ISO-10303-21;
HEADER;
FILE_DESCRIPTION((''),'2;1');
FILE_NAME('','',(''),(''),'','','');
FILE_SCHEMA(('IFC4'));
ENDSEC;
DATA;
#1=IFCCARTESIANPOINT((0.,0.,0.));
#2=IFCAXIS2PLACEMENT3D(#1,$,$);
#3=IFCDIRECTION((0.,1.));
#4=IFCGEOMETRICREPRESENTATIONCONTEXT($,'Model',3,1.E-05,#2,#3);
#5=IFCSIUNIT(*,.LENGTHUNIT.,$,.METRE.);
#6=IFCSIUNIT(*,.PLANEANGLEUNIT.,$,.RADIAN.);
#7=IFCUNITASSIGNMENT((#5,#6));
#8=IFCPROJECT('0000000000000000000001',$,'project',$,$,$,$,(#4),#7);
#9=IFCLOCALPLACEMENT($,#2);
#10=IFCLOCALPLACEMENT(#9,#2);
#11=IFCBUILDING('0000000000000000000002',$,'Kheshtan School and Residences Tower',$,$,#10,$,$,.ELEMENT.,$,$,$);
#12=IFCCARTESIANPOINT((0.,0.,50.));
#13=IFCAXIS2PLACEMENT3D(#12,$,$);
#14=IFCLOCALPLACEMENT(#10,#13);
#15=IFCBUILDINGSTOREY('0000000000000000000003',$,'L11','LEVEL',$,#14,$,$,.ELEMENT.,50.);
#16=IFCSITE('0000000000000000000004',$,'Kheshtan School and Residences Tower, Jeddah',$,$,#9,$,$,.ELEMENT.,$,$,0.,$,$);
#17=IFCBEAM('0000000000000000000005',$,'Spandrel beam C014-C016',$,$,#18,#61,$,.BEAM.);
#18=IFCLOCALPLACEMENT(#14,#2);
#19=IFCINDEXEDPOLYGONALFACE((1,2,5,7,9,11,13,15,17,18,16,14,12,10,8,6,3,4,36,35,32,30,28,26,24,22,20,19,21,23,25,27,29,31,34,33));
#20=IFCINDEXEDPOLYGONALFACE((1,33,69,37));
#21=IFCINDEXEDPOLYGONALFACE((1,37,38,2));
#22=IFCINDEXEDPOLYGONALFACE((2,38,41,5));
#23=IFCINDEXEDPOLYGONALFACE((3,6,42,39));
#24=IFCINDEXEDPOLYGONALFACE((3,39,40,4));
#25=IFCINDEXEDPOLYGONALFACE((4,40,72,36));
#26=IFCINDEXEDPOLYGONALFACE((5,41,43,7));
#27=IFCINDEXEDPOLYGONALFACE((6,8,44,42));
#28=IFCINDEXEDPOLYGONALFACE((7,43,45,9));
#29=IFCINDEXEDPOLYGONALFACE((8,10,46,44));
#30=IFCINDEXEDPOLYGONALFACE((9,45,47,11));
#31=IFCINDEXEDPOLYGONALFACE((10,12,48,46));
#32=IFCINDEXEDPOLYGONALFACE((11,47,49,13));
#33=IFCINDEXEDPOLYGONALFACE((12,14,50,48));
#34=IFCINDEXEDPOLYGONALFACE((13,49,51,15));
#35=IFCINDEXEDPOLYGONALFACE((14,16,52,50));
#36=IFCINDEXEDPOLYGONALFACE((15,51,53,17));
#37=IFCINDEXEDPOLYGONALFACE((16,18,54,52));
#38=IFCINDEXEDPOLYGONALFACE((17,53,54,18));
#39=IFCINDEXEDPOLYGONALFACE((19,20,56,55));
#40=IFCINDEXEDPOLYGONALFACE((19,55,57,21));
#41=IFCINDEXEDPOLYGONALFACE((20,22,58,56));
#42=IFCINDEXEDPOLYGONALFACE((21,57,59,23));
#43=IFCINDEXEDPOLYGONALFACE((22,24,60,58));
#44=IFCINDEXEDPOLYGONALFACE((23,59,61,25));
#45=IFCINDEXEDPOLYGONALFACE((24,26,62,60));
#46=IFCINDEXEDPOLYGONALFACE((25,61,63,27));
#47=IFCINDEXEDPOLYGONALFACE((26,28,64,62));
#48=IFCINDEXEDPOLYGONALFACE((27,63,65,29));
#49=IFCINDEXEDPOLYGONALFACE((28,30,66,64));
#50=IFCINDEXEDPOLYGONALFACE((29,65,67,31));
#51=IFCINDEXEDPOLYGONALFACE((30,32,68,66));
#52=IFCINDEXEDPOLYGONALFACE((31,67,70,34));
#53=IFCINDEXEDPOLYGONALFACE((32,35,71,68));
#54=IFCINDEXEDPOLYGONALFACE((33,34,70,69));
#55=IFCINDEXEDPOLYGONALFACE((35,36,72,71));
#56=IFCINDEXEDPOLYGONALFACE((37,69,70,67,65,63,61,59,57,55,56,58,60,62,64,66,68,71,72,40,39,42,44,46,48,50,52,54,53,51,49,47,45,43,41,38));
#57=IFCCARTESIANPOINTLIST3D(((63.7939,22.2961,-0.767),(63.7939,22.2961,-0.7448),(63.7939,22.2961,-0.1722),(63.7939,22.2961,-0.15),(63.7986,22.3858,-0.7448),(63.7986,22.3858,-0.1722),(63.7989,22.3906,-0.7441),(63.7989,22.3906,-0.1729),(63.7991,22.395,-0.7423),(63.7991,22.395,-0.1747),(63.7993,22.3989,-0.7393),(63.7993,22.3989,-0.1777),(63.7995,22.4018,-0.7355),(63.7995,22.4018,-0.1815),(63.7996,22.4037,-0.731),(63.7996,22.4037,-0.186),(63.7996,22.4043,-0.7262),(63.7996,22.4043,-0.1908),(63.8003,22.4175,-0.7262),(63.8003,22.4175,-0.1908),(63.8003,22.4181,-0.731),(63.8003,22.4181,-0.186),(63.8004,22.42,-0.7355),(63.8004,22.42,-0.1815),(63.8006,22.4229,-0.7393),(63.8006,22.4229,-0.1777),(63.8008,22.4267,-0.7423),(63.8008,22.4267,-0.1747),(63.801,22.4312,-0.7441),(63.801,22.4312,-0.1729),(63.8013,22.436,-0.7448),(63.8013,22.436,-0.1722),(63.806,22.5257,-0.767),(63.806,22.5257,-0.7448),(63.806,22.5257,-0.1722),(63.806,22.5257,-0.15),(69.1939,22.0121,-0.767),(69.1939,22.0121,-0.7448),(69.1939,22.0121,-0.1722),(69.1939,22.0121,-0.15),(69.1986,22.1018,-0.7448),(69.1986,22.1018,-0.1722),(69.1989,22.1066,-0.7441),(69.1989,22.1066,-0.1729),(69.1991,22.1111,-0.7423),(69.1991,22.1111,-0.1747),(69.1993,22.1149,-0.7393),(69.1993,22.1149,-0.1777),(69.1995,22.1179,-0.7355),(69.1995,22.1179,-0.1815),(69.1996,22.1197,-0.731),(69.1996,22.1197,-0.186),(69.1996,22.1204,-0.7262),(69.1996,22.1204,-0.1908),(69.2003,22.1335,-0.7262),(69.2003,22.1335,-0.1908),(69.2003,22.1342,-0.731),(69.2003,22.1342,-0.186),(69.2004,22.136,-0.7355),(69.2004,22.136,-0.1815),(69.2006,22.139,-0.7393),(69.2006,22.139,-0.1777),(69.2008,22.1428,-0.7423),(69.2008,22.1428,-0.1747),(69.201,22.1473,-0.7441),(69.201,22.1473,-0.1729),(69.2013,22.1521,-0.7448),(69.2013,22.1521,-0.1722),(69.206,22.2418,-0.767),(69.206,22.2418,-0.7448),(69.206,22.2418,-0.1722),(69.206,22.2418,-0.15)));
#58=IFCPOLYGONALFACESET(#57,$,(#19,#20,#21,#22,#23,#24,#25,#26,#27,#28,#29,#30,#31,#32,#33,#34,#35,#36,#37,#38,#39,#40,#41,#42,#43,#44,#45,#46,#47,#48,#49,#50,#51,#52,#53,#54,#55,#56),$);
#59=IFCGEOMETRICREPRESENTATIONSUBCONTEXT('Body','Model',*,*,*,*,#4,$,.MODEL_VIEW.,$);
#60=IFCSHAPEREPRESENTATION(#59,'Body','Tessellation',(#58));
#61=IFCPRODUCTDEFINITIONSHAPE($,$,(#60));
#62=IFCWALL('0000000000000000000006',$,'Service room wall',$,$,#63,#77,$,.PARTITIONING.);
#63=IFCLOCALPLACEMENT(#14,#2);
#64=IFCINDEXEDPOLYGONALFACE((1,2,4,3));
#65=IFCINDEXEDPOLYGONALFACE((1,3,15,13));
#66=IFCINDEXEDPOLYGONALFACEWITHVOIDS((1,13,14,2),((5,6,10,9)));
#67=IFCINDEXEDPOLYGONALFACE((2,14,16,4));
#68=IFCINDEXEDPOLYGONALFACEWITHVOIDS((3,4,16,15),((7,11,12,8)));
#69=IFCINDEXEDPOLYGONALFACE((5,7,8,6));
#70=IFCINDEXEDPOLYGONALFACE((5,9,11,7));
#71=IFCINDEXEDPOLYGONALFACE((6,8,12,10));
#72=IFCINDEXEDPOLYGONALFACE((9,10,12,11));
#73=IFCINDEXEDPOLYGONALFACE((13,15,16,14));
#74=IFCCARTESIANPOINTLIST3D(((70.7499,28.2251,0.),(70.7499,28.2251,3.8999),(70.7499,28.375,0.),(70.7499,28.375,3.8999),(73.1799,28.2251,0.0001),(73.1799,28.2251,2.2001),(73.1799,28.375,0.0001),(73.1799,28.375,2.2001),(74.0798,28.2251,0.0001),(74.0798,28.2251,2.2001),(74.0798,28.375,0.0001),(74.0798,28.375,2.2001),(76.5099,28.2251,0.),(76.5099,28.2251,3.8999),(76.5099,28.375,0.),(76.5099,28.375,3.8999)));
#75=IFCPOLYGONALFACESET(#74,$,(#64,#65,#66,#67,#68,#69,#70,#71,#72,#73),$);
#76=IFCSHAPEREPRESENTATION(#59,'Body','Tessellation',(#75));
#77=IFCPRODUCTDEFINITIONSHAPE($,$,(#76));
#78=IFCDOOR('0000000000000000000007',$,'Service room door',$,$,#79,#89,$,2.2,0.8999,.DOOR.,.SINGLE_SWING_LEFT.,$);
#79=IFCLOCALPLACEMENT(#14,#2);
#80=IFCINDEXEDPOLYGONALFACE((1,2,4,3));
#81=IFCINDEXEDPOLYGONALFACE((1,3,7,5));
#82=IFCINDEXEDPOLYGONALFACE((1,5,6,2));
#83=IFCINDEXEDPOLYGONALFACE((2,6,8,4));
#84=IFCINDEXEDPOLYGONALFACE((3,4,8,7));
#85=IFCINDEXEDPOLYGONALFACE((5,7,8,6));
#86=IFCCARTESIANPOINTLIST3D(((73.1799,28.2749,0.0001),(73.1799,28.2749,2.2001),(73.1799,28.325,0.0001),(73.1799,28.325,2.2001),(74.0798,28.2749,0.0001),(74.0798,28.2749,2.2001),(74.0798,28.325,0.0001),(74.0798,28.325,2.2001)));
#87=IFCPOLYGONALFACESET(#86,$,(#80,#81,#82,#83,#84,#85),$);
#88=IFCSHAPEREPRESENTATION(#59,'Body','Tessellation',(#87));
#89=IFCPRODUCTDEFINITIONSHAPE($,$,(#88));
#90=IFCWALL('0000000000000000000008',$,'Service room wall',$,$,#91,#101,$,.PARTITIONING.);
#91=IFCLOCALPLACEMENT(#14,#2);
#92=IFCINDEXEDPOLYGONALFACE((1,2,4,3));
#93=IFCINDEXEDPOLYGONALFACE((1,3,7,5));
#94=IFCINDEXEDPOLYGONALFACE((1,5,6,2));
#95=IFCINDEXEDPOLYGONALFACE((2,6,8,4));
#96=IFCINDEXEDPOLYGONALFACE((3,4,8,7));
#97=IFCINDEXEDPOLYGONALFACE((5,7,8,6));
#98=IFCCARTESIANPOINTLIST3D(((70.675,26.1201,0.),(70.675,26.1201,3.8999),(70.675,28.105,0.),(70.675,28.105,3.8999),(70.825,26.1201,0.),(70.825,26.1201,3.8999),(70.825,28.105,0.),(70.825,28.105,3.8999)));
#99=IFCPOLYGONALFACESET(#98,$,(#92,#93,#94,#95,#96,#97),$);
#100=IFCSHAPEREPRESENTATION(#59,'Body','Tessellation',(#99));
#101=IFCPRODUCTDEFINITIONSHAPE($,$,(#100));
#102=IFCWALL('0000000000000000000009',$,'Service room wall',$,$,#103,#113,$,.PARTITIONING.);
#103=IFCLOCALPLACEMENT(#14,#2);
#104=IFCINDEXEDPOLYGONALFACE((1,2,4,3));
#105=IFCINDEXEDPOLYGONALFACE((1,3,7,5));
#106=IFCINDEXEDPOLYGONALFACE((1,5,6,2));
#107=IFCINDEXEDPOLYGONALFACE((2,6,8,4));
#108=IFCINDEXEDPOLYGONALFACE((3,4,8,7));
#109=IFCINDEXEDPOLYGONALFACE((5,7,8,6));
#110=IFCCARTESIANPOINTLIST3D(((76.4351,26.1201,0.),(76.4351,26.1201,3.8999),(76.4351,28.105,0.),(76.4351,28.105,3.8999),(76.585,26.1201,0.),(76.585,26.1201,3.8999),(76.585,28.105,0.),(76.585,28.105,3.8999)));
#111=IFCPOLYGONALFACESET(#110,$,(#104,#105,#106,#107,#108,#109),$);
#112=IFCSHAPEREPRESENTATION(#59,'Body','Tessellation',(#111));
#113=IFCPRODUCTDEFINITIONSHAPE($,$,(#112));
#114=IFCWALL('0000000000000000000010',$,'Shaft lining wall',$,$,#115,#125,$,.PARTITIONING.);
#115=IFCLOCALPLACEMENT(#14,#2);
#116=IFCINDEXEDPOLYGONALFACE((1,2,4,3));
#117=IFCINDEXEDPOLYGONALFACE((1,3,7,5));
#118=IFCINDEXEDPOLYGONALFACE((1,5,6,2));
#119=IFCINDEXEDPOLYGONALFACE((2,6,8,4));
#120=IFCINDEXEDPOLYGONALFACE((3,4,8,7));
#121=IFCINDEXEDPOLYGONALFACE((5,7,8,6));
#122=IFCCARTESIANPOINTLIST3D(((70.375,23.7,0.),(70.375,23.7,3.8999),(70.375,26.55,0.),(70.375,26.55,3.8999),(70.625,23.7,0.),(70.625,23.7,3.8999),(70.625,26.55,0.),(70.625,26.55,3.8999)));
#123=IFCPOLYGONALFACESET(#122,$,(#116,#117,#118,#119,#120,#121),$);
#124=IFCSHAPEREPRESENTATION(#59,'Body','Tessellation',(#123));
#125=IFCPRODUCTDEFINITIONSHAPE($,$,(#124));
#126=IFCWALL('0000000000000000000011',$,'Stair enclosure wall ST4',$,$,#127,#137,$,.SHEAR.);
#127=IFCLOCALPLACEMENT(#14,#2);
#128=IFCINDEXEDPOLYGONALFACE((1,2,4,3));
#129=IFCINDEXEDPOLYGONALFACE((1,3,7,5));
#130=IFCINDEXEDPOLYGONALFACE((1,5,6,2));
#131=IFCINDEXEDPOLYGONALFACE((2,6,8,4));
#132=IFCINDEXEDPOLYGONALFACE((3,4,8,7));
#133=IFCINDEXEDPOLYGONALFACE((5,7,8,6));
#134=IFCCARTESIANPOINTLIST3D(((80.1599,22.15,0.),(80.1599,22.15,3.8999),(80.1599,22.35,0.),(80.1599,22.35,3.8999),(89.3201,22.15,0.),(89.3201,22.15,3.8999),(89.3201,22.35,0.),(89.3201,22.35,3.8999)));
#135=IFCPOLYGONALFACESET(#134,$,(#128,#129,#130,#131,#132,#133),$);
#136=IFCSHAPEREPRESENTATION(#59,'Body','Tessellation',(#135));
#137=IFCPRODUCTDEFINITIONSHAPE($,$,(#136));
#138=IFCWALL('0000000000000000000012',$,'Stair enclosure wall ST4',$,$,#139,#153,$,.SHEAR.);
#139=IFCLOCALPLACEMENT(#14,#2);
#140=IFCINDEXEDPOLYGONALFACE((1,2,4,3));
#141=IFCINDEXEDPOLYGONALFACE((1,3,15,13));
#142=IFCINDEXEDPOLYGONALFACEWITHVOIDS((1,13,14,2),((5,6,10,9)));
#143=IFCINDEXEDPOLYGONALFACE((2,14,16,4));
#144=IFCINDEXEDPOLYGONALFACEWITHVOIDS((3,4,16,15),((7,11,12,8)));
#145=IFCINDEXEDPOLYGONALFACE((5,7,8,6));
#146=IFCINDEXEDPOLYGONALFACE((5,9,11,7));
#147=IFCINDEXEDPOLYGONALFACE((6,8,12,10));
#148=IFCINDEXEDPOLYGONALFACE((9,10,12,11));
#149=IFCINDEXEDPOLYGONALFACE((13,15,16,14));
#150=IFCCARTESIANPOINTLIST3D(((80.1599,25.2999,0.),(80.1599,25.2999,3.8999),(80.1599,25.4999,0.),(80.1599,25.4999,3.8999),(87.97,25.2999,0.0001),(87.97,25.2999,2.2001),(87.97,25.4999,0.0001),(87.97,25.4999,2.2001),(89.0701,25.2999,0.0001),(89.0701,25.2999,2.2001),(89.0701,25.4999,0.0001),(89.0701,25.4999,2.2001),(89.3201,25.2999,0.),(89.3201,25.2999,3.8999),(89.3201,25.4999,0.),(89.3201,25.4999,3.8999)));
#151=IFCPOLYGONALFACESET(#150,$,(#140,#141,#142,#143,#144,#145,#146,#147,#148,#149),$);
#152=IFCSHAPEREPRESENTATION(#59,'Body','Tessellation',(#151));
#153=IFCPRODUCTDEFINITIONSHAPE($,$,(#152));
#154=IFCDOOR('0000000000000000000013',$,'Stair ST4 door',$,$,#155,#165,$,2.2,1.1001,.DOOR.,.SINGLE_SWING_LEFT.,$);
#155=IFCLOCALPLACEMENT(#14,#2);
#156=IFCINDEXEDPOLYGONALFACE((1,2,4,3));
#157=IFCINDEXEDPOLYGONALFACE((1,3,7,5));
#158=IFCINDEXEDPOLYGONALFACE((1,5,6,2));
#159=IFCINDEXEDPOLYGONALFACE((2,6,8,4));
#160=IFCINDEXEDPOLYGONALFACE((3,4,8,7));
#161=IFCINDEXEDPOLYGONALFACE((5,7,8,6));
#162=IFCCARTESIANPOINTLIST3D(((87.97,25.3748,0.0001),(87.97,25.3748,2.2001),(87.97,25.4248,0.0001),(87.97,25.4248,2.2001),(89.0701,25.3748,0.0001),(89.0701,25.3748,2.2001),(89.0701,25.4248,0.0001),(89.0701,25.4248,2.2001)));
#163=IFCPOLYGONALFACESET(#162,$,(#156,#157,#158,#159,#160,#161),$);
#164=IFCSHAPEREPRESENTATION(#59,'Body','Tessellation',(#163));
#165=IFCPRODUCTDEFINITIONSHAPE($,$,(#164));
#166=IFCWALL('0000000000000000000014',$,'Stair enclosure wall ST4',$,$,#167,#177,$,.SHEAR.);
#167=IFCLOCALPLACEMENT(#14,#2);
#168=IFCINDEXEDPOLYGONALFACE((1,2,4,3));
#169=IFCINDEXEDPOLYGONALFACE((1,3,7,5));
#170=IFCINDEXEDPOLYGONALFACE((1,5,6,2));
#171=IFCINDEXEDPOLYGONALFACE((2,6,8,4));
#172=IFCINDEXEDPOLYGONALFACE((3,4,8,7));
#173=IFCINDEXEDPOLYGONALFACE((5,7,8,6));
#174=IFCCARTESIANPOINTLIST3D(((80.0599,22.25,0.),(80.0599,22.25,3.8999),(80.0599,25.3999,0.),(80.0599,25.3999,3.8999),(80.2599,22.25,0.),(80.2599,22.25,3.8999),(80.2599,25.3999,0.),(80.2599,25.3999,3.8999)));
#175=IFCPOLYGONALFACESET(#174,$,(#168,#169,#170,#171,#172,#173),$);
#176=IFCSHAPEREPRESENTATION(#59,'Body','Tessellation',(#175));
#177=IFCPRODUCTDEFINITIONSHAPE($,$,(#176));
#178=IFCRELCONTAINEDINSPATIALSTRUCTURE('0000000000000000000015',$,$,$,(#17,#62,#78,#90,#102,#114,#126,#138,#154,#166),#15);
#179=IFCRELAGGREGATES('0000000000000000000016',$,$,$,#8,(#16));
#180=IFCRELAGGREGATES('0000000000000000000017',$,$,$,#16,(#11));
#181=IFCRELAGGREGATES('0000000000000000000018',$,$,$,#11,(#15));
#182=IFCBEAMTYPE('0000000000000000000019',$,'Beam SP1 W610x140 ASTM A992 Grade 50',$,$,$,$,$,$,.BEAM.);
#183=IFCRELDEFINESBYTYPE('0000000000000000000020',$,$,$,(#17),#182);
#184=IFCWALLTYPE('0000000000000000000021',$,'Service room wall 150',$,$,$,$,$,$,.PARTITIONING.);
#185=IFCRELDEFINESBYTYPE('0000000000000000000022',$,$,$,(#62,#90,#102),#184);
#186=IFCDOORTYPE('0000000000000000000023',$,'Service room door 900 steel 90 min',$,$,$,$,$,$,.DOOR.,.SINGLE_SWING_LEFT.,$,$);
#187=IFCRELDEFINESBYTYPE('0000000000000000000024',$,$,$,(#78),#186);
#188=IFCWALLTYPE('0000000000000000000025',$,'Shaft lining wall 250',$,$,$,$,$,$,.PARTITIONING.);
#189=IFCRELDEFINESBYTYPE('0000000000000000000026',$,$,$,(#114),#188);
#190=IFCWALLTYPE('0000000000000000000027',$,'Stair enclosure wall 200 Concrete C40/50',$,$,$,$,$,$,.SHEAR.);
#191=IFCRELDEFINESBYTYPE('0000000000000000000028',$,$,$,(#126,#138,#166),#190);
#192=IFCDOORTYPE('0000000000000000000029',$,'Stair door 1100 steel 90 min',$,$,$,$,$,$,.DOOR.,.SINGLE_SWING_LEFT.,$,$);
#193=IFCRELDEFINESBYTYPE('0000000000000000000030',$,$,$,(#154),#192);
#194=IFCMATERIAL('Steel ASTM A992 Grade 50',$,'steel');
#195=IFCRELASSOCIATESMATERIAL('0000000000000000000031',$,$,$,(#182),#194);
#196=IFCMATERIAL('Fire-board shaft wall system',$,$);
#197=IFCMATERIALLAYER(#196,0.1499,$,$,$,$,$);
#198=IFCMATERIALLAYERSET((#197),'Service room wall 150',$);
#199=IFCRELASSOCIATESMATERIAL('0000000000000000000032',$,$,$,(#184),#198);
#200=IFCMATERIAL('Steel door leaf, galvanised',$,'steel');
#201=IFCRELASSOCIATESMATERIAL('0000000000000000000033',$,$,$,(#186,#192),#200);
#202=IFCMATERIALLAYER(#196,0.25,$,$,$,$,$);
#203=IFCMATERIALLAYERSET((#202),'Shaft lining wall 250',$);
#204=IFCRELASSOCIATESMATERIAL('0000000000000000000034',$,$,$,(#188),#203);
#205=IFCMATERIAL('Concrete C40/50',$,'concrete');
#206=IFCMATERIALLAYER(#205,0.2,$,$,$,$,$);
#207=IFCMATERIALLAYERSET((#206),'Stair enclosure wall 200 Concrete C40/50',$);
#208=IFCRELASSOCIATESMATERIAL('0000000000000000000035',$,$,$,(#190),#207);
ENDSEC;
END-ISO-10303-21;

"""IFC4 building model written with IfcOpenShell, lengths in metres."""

from ifc_helpers import new_model, si_unit, direction, frame, frame_2d, origin, origin_2d, place, context, subcontext, project, spatial, rectangle, i_section, extrude, source, transform, mapped, material, layer, layer_set, material_profile, profile_set, type_object, element, fill, save


model = new_model("IFC4")

# Units and contexts
model_context = context("Model", 3, precision=1e-05, world=origin(), true_north=direction((0.0, 1.0)))
body_context = subcontext(model_context, "Body", "Model", "MODEL_VIEW")
ifc_project = project(units=[si_unit("LENGTHUNIT", "METRE"), si_unit("PLANEANGLEUNIT", "RADIAN")], contexts=[model_context])

# Site, building, storey
site_placement = place(None, origin())
site = spatial("IfcSite", under=ifc_project, at=site_placement, Name="Kheshtan School and Residences Tower, Jeddah", CompositionType="ELEMENT", RefElevation=0.0)
building_placement = place(site_placement, origin())
building = spatial("IfcBuilding", under=site, at=building_placement, Name="Kheshtan School and Residences Tower", CompositionType="ELEMENT")
storey_placement = place(building_placement, frame((0.0, 0.0, 50.0)))
storey = spatial("IfcBuildingStorey", under=building, at=storey_placement, Name="L11", Description="LEVEL", CompositionType="ELEMENT", Elevation=50.0)

# Shared definitions
ifc_material_1 = material(Name="Steel ASTM A992 Grade 50", Category="steel")

# Beam
ifc_material_profile_1 = material_profile(ifc_material_1, i_section(OverallWidth=0.23, OverallDepth=0.6169, WebThickness=0.0132, FlangeThickness=0.0222, FilletRadius=0.0186, at=origin_2d()), Name="W610x140")
ifc_profile_set_1 = profile_set([ifc_material_profile_1], Name="Steel ASTM A992 Grade 50")
beam_type = type_object("IfcBeamType", Name="Beam SP1 W610x140 ASTM A992 Grade 50", PredefinedType="BEAM", material=ifc_profile_set_1)
beam_1_placement = place(storey_placement, frame((69.2, 22.127, -0.4585), z_axis=(-0.99862, 0.052509, 0.0), x_axis=(-0.052509, -0.99862, 0.0)))
element("IfcBeam", 1, at=beam_1_placement, inside=storey, type_object=beam_type, Name="Spandrel beam C014-C016", PredefinedType="BEAM", context=body_context, shape_type="SweptSolid", body=[
    extrude(i_section(OverallWidth=0.23, OverallDepth=0.6169, WebThickness=0.0132, FlangeThickness=0.0222, FilletRadius=0.0186, at=origin_2d()), origin(), (0.0, 0.0, 1.0), 5.4075),
])

# Wall, opening, door
ifc_material_2 = material(Name="Fire-board shaft wall system")
ifc_layer_1 = layer(ifc_material_2, 0.1499)
ifc_layer_set_1 = layer_set([ifc_layer_1], Name="Service room wall 150")
wall_type_1 = type_object("IfcWallType", Name="Service room wall 150", PredefinedType="PARTITIONING", material=ifc_layer_set_1)
wall_1_placement = place(storey_placement, frame((70.75, 28.3, 0.0), z_axis=(0.0, 0.0, 1.0), x_axis=(1.0, 0.0, 0.0)))
wall_1 = element("IfcWall", 2, at=wall_1_placement, inside=storey, type_object=wall_type_1, Name="Service room wall", PredefinedType="PARTITIONING", context=body_context, shape_type="SweptSolid", body=[
    extrude(rectangle(XDim=5.76, YDim=0.1499, at=frame_2d((2.8799, 0.0))), origin(), (0.0, 0.0, 1.0), 3.8999),
])
opening_1_placement = place(wall_1_placement, frame((2.4299, 0.0, 0.0)))
opening_1 = element("IfcOpeningElement", 3, at=opening_1_placement, cuts=wall_1, PredefinedType="OPENING", context=body_context, shape_type="SweptSolid", body=[
    extrude(rectangle(XDim=0.8999, YDim=2.2, at=frame_2d((0.45, 1.1001))), frame((0.0, 0.085, 0.0), z_axis=(0.0, -1.0, 0.0), x_axis=(1.0, 0.0, 0.0)), (0.0, 0.0, 1.0), 0.1699),
])
ifc_material_3 = material(Name="Steel door leaf, galvanised", Category="steel")
door_type_1 = type_object("IfcDoorType", Name="Service room door 900 steel 90 min", OperationType="SINGLE_SWING_LEFT", PredefinedType="DOOR", material=ifc_material_3)
shared_shape_1 = source(origin(), body_context, "Body", "SweptSolid", [
    extrude(rectangle(XDim=0.8999, YDim=2.2, at=frame_2d((0.45, 1.1001))), frame((0.0, 0.0249, 0.0), z_axis=(0.0, -1.0, 0.0), x_axis=(1.0, 0.0, 0.0)), (0.0, 0.0, 1.0), 0.05),
])
door_1_placement = place(opening_1_placement, origin())
door_1 = element("IfcDoor", 4, at=door_1_placement, inside=storey, type_object=door_type_1, Name="Service room door", OperationType="SINGLE_SWING_LEFT", OverallHeight=2.2, OverallWidth=0.8999, PredefinedType="DOOR", context=body_context, shape_type="MappedRepresentation", body=[
    mapped(shared_shape_1, transform((0.0, 0.0, 0.0), x_axis=(1.0, 0.0, 0.0), y_axis=(0.0, 1.0, 0.0), z_axis=(0.0, 0.0, 1.0), scale=1.0)),
])
fill(opening_1, door_1)

# Walls
for number, where, z_axis, x_axis, name in (
    (5, (70.75, 26.1201, 0.0), (0.0, 0.0, 1.0), (0.0, 1.0, 0.0), "Service room wall"),
    (6, (76.51, 26.1201, 0.0), (0.0, 0.0, 1.0), (0.0, 1.0, 0.0), "Service room wall"),
):
    element("IfcWall", number, at=place(storey_placement, frame(where, z_axis=z_axis, x_axis=x_axis)), inside=storey, type_object=wall_type_1, Name=name, PredefinedType="PARTITIONING", context=body_context, shape_type="SweptSolid", body=[
        extrude(rectangle(XDim=1.9849, YDim=0.1499, at=frame_2d((0.9924, 0.0))), origin(), (0.0, 0.0, 1.0), 3.8999),
    ])
ifc_layer_2 = layer(ifc_material_2, 0.25)
ifc_layer_set_2 = layer_set([ifc_layer_2], Name="Shaft lining wall 250")
wall_type_2 = type_object("IfcWallType", Name="Shaft lining wall 250", PredefinedType="PARTITIONING", material=ifc_layer_set_2)
wall_2_placement = place(storey_placement, frame((70.5, 23.7, 0.0), z_axis=(0.0, 0.0, 1.0), x_axis=(0.0, 1.0, 0.0)))
element("IfcWall", 7, at=wall_2_placement, inside=storey, type_object=wall_type_2, Name="Shaft lining wall", PredefinedType="PARTITIONING", context=body_context, shape_type="SweptSolid", body=[
    extrude(rectangle(XDim=2.8501, YDim=0.25, at=frame_2d((1.425, 0.0))), origin(), (0.0, 0.0, 1.0), 3.8999),
])
ifc_material_4 = material(Name="Concrete C40/50", Category="concrete")
ifc_layer_3 = layer(ifc_material_4, 0.2)
ifc_layer_set_3 = layer_set([ifc_layer_3], Name="Stair enclosure wall 200 Concrete C40/50")
wall_type_3 = type_object("IfcWallType", Name="Stair enclosure wall 200 Concrete C40/50", PredefinedType="SHEAR", material=ifc_layer_set_3)
wall_3_placement = place(storey_placement, frame((80.1599, 22.25, 0.0), z_axis=(0.0, 0.0, 1.0), x_axis=(1.0, 0.0, 0.0)))
element("IfcWall", 8, at=wall_3_placement, inside=storey, type_object=wall_type_3, Name="Stair enclosure wall ST4", PredefinedType="SHEAR", context=body_context, shape_type="SweptSolid", body=[
    extrude(rectangle(XDim=9.1602, YDim=0.2, at=frame_2d((4.5801, 0.0))), origin(), (0.0, 0.0, 1.0), 3.8999),
])

# Wall, opening, door
wall_4_placement = place(storey_placement, frame((80.1599, 25.3999, 0.0), z_axis=(0.0, 0.0, 1.0), x_axis=(1.0, 0.0, 0.0)))
wall_4 = element("IfcWall", 9, at=wall_4_placement, inside=storey, type_object=wall_type_3, Name="Stair enclosure wall ST4", PredefinedType="SHEAR", context=body_context, shape_type="SweptSolid", body=[
    extrude(rectangle(XDim=9.1602, YDim=0.2, at=frame_2d((4.5801, 0.0))), origin(), (0.0, 0.0, 1.0), 3.8999),
])
opening_2_placement = place(wall_4_placement, frame((7.8101, 0.0, 0.0)))
opening_2 = element("IfcOpeningElement", 10, at=opening_2_placement, cuts=wall_4, PredefinedType="OPENING", context=body_context, shape_type="SweptSolid", body=[
    extrude(rectangle(XDim=1.1001, YDim=2.2, at=frame_2d((0.55, 1.1001))), frame((0.0, 0.1099, 0.0), z_axis=(0.0, -1.0, 0.0), x_axis=(1.0, 0.0, 0.0)), (0.0, 0.0, 1.0), 0.22),
])
door_type_2 = type_object("IfcDoorType", Name="Stair door 1100 steel 90 min", OperationType="SINGLE_SWING_LEFT", PredefinedType="DOOR", material=ifc_material_3)
shared_shape_2 = source(origin(), body_context, "Body", "SweptSolid", [
    extrude(rectangle(XDim=1.1001, YDim=2.2, at=frame_2d((0.55, 1.1001))), frame((0.0, 0.0249, 0.0), z_axis=(0.0, -1.0, 0.0), x_axis=(1.0, 0.0, 0.0)), (0.0, 0.0, 1.0), 0.05),
])
door_2_placement = place(opening_2_placement, origin())
door_2 = element("IfcDoor", 11, at=door_2_placement, inside=storey, type_object=door_type_2, Name="Stair ST4 door", OperationType="SINGLE_SWING_LEFT", OverallHeight=2.2, OverallWidth=1.1001, PredefinedType="DOOR", context=body_context, shape_type="MappedRepresentation", body=[
    mapped(shared_shape_2, transform((0.0, 0.0, 0.0), x_axis=(1.0, 0.0, 0.0), y_axis=(0.0, 1.0, 0.0), z_axis=(0.0, 0.0, 1.0), scale=1.0)),
])
fill(opening_2, door_2)

# Wall
wall_5_placement = place(storey_placement, frame((80.1599, 22.25, 0.0), z_axis=(0.0, 0.0, 1.0), x_axis=(0.0, 1.0, 0.0)))
element("IfcWall", 12, at=wall_5_placement, inside=storey, type_object=wall_type_3, Name="Stair enclosure wall ST4", PredefinedType="SHEAR", context=body_context, shape_type="SweptSolid", body=[
    extrude(rectangle(XDim=3.1499, YDim=0.2, at=frame_2d((1.575, 0.0))), origin(), (0.0, 0.0, 1.0), 3.8999),
])

save(model, "model.ifc")
